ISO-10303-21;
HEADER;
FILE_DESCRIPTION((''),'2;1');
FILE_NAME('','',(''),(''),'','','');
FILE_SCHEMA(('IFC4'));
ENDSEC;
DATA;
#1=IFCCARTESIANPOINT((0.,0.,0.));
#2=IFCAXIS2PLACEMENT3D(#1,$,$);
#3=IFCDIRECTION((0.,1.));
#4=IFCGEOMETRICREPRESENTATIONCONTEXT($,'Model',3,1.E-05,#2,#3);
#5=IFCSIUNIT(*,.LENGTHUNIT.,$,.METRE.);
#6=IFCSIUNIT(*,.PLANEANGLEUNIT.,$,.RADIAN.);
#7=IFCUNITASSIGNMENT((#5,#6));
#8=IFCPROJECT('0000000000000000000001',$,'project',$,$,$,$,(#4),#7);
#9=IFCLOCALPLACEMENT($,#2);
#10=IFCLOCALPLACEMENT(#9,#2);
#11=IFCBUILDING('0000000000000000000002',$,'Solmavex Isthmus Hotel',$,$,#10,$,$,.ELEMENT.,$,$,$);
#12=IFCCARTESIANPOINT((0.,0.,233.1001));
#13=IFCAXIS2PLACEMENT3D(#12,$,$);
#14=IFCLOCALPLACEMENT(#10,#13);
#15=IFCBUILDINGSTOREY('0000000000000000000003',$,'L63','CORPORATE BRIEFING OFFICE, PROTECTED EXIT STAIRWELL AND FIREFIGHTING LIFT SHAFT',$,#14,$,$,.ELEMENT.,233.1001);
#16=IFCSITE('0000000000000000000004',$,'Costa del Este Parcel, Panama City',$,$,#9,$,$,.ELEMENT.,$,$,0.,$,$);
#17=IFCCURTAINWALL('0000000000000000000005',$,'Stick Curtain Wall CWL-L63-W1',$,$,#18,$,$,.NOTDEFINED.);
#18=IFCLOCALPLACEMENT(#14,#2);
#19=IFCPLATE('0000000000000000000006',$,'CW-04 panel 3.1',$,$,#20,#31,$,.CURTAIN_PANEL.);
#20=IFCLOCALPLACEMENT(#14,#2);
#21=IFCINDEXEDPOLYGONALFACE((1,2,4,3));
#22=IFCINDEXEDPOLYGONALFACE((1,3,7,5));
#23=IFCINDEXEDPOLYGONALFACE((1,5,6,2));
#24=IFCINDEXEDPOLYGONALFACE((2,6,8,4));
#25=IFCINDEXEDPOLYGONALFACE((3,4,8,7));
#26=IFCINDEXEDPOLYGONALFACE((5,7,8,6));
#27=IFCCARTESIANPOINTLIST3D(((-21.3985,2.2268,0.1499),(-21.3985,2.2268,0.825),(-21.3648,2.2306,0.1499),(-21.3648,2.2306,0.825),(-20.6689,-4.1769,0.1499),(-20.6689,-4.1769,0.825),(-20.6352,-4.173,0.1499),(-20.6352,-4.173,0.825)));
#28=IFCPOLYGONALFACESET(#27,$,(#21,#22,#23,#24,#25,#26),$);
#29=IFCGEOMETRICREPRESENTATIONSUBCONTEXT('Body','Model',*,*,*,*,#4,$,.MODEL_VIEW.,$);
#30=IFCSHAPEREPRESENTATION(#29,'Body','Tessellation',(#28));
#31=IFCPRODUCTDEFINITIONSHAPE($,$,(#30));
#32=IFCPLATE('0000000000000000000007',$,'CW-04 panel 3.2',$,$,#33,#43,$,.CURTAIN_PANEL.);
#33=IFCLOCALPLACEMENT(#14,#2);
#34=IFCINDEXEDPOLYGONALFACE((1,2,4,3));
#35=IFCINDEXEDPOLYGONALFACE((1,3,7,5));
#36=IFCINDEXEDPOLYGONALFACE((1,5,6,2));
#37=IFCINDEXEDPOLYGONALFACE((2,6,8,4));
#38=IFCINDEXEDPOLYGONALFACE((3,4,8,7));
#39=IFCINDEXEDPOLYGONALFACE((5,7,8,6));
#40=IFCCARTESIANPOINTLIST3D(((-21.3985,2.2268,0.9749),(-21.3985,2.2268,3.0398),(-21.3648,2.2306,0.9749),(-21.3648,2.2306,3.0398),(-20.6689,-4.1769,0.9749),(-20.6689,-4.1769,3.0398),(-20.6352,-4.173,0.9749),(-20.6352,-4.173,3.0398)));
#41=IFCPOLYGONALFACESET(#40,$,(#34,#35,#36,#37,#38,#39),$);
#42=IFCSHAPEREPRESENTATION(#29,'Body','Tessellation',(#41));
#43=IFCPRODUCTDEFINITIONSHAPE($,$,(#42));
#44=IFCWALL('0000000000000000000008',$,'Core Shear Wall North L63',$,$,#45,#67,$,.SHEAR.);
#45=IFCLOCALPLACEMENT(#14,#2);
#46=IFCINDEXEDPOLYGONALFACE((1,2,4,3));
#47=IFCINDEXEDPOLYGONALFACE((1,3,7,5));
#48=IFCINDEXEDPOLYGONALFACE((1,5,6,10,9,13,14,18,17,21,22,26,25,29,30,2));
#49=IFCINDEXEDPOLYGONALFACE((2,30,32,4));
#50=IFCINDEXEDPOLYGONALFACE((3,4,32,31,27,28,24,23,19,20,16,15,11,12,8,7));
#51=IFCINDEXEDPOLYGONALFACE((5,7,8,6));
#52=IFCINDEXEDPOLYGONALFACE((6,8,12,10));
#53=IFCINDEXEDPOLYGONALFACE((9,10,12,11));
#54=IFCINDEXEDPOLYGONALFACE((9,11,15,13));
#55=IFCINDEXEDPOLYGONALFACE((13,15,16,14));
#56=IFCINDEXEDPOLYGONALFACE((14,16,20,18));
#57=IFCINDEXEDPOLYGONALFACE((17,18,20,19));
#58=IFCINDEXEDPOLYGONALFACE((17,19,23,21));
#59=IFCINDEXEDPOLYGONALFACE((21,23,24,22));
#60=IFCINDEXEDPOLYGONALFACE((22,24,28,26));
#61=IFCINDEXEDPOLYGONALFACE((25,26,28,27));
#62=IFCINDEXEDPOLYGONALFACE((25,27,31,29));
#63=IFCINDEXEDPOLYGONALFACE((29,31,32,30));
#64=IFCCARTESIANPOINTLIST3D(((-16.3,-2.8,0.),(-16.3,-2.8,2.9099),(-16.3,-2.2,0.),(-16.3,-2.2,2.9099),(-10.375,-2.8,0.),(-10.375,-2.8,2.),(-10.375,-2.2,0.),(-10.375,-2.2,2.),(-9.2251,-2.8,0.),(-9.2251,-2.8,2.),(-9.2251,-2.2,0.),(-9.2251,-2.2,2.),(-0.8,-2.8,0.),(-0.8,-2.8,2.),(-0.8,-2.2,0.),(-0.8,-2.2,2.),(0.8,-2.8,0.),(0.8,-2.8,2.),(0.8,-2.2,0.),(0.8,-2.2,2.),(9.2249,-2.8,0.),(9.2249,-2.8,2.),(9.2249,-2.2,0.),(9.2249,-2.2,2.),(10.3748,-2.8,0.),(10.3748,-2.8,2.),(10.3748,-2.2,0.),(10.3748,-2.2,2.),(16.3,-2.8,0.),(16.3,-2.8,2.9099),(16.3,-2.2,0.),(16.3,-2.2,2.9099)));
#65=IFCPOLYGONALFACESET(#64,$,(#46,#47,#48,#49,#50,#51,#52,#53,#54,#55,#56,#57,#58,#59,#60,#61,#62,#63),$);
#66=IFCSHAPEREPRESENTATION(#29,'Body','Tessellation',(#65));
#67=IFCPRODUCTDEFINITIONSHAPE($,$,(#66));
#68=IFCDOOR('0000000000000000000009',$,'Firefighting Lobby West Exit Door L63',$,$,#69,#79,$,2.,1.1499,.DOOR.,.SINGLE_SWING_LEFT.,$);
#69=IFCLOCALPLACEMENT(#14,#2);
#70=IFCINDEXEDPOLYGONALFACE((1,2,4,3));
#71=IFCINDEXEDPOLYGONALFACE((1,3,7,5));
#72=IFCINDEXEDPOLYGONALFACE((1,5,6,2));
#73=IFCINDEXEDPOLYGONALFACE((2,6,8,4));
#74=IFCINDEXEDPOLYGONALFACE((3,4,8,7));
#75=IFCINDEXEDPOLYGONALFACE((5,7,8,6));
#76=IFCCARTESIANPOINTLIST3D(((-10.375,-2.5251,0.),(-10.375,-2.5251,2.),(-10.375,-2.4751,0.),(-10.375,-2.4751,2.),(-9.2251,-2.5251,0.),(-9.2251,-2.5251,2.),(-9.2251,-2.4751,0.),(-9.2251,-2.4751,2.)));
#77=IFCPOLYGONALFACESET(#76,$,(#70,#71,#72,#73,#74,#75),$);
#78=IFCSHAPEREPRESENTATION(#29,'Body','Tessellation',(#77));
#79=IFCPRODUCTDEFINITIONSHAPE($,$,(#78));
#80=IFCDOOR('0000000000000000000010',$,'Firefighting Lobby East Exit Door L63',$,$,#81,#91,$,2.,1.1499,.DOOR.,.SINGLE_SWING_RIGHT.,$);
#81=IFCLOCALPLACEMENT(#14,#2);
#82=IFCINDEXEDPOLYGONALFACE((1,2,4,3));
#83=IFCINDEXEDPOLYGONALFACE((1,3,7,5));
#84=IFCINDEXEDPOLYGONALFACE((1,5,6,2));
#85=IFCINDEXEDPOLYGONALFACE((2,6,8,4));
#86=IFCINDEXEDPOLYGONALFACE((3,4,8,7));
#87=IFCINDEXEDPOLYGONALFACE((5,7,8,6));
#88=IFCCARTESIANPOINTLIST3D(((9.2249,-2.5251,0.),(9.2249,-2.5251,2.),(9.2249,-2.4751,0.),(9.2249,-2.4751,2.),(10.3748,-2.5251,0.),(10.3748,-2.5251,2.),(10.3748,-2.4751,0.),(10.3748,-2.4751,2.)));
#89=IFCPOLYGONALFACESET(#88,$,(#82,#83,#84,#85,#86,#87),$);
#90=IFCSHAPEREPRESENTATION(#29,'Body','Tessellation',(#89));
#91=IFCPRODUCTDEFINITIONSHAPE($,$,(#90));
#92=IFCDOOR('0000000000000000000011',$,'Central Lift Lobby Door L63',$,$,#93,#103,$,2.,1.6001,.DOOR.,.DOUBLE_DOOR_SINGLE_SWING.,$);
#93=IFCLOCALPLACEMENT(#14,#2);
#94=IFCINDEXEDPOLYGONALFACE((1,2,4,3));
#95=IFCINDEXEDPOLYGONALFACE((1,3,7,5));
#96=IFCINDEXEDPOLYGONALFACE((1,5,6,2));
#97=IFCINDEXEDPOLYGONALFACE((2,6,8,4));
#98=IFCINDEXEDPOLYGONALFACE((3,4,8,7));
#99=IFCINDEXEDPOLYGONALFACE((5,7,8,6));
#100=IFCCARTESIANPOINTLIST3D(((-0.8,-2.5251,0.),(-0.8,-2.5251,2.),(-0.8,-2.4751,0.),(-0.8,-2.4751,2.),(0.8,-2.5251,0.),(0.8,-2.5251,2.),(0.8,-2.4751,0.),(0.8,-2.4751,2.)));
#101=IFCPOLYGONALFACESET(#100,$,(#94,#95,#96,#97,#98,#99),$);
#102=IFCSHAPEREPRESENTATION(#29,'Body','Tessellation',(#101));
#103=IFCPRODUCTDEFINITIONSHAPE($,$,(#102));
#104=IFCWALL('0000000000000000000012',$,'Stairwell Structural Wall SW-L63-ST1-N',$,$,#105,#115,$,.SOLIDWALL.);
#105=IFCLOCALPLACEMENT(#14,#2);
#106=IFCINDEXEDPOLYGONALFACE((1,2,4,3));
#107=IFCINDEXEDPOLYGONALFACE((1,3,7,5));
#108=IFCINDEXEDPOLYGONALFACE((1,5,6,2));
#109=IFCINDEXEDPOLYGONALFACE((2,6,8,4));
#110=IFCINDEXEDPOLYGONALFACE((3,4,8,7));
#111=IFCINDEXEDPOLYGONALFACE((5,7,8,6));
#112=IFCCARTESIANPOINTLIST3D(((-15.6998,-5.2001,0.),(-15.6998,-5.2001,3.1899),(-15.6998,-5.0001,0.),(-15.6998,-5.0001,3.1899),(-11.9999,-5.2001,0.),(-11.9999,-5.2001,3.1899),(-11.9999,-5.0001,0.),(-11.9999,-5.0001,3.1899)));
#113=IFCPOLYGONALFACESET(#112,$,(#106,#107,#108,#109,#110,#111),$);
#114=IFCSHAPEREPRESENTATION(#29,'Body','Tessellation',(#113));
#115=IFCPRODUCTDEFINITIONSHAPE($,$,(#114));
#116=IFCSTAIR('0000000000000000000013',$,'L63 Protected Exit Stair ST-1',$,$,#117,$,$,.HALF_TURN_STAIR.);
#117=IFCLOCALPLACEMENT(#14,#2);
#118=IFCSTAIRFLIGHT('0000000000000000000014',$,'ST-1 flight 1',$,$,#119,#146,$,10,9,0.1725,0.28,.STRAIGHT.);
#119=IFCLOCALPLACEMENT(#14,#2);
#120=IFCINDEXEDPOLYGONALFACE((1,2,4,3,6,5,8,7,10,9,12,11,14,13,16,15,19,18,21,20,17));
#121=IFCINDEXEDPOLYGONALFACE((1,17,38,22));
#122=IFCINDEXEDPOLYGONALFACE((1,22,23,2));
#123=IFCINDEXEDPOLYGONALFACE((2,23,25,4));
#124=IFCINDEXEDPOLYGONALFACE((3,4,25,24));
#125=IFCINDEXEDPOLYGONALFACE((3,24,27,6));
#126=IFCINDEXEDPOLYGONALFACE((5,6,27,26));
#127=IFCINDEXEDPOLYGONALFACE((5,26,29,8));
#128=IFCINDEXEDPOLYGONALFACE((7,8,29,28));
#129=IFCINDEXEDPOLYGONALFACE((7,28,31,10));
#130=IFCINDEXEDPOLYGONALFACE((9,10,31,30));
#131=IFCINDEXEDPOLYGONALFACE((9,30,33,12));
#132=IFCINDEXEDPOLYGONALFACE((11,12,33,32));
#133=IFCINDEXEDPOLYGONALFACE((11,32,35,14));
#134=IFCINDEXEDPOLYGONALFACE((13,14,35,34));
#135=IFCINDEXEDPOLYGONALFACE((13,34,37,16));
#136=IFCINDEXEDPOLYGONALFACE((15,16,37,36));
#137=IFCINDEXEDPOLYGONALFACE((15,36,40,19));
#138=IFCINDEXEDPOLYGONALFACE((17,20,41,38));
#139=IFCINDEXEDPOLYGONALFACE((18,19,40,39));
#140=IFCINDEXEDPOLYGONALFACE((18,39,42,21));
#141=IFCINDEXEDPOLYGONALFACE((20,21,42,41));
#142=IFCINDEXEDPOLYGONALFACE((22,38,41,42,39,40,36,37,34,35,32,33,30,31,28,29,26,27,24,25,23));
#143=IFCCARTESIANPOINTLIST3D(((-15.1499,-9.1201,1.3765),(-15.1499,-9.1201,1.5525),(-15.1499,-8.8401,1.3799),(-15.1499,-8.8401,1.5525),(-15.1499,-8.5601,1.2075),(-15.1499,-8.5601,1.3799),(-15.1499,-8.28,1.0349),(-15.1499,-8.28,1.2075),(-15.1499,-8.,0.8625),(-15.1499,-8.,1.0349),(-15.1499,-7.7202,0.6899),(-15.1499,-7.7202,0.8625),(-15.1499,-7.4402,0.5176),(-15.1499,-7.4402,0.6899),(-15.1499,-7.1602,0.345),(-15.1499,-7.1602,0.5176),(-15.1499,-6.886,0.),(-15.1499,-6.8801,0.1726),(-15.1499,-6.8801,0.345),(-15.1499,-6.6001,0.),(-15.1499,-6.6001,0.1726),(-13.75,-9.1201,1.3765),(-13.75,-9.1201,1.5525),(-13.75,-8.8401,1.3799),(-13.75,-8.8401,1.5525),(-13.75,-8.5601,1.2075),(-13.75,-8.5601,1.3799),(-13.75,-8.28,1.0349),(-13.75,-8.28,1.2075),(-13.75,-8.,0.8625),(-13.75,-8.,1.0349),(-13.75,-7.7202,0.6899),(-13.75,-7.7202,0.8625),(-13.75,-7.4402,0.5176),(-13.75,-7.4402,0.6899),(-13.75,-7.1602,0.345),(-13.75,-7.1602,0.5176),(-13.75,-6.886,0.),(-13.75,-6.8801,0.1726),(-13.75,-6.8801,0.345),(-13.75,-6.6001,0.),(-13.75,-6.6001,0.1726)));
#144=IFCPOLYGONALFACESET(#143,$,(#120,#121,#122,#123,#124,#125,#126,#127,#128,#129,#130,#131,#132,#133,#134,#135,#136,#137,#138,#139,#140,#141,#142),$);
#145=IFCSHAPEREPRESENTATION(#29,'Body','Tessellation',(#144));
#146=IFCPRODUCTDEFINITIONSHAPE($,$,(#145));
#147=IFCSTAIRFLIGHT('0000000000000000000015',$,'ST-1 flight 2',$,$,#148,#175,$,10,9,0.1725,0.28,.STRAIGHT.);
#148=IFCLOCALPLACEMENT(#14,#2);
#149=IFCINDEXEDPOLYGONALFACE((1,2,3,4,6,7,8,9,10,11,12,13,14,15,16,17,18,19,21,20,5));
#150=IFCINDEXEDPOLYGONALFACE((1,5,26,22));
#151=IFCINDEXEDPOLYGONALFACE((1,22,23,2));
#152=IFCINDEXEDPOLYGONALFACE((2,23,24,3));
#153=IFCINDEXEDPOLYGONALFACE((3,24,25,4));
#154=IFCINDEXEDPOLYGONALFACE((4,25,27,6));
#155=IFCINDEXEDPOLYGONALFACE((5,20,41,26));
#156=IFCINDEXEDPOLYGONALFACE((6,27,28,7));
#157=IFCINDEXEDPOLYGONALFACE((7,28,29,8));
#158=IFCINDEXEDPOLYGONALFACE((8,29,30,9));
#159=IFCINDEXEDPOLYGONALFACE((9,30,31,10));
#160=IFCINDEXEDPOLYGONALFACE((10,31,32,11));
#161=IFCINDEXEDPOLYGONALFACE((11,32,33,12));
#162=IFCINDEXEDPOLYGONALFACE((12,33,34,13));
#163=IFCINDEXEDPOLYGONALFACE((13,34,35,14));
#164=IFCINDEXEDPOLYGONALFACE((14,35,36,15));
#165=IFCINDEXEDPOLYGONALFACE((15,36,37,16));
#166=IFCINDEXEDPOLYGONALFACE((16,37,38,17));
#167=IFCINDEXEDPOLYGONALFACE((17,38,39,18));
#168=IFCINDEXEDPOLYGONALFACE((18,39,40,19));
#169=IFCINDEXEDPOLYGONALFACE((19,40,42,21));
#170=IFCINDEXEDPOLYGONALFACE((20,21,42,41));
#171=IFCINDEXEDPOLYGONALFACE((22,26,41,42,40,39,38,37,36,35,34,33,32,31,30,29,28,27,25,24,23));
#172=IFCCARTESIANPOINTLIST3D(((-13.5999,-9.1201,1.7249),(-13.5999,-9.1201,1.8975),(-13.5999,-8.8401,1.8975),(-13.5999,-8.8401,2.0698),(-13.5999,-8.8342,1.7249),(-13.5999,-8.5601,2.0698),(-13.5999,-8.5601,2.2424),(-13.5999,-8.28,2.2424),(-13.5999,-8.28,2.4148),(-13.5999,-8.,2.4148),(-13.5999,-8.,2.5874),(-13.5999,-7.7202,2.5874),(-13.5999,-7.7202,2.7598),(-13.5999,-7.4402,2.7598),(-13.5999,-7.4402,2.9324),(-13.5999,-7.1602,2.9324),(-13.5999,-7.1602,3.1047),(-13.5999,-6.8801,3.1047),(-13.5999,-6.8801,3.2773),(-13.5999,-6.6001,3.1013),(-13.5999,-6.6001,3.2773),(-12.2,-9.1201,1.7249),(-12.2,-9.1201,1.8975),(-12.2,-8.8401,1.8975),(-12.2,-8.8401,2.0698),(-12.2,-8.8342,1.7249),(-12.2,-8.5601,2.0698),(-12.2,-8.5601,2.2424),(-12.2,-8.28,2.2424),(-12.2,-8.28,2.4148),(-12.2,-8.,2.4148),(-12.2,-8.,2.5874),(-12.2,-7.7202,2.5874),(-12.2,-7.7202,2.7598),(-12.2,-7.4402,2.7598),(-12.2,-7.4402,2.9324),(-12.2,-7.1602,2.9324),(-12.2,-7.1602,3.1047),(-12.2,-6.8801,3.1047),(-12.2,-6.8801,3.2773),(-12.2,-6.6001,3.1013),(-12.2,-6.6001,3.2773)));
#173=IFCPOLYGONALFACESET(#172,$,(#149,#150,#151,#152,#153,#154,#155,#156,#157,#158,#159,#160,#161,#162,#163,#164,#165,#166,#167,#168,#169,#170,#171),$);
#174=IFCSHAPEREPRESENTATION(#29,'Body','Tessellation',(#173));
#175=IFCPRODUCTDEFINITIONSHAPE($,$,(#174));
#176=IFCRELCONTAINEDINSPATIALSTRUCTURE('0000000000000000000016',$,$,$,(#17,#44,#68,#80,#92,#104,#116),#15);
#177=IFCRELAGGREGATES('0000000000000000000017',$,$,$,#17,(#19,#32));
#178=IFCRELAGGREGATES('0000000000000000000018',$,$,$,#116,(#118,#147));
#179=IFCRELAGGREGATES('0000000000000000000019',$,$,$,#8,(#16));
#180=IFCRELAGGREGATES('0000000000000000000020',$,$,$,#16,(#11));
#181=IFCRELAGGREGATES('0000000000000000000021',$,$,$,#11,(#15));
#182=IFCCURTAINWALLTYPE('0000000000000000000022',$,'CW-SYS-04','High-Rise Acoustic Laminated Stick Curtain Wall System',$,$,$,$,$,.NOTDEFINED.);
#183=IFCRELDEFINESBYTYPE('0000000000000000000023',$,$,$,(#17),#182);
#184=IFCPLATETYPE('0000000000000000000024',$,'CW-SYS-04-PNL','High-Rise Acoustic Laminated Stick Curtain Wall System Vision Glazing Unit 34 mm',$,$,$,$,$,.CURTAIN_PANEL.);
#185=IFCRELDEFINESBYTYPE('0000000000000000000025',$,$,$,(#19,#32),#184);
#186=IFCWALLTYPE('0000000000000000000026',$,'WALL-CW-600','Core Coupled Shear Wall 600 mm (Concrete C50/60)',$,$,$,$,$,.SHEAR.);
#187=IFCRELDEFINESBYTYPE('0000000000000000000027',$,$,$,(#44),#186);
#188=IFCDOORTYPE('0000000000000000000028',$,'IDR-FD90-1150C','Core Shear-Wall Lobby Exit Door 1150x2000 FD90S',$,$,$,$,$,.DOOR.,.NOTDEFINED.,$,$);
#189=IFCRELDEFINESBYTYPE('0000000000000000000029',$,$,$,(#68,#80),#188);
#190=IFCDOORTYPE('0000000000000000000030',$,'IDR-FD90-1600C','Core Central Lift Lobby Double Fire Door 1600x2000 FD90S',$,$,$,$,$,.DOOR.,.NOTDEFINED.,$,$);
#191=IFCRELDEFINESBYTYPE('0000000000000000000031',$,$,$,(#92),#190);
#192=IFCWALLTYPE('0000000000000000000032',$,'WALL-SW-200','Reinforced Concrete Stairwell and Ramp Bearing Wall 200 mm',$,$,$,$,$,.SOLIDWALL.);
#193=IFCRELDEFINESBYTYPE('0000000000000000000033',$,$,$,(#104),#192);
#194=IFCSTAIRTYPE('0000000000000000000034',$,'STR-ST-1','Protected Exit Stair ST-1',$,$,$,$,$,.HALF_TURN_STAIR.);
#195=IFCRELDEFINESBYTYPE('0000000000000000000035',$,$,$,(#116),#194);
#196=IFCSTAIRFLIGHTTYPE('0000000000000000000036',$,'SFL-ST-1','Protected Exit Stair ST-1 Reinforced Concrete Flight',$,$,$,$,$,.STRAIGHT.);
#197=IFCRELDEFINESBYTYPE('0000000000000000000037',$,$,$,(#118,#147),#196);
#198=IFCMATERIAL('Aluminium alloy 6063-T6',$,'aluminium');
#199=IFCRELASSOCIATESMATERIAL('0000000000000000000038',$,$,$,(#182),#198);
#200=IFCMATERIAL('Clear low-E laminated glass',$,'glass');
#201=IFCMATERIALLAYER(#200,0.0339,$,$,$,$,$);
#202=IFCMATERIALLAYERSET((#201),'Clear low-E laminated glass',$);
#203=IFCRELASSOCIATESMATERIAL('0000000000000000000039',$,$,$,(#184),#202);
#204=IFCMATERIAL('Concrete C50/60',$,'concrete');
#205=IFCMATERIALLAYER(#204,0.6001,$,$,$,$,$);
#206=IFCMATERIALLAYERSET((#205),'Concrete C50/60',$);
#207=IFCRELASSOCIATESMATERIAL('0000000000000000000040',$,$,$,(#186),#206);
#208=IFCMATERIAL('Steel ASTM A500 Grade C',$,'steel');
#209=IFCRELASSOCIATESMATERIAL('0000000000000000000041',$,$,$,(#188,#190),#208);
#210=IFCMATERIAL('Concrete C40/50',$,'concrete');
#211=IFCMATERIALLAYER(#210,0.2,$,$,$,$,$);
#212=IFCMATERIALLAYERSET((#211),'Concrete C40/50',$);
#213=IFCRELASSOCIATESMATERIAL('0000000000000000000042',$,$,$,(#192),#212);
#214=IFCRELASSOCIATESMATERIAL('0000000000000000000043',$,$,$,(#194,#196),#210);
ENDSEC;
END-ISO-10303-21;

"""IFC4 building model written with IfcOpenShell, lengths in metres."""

from ifc_helpers import new_model, si_unit, direction, frame, frame_2d, origin, origin_2d, place, context, subcontext, project, spatial, polyline, rectangle, outline, extrude, material, layer, layer_set, type_object, element, fill, aggregate, save


model = new_model("IFC4")

# Units and contexts
model_context = context("Model", 3, precision=1e-05, world=origin(), true_north=direction((0.0, 1.0)))
body_context = subcontext(model_context, "Body", "Model", "MODEL_VIEW")
ifc_project = project(units=[si_unit("LENGTHUNIT", "METRE"), si_unit("PLANEANGLEUNIT", "RADIAN")], contexts=[model_context])

# Site, building, storey
site_placement = place(None, origin())
site = spatial("IfcSite", under=ifc_project, at=site_placement, Name="Costa del Este Parcel, Panama City", CompositionType="ELEMENT", RefElevation=0.0)
building_placement = place(site_placement, origin())
building = spatial("IfcBuilding", under=site, at=building_placement, Name="Solmavex Isthmus Hotel", CompositionType="ELEMENT")
storey_placement = place(building_placement, frame((0.0, 0.0, 233.1001)))
storey = spatial("IfcBuildingStorey", under=building, at=storey_placement, Name="L63", Description="CORPORATE BRIEFING OFFICE, PROTECTED EXIT STAIRWELL AND FIREFIGHTING LIFT SHAFT", CompositionType="ELEMENT", Elevation=233.1001)

# Shared definitions
ifc_material_1 = material(Name="Concrete C50/60", Category="concrete")

# Curtain wall, plates
ifc_material_2 = material(Name="Aluminium alloy 6063-T6", Category="aluminium")
curtain_wall_type = type_object("IfcCurtainWallType", Name="CW-SYS-04", Description="High-Rise Acoustic Laminated Stick Curtain Wall System", PredefinedType="NOTDEFINED", material=ifc_material_2)
curtain_wall_placement = place(storey_placement, origin())
curtain_wall = element("IfcCurtainWall", 1, at=curtain_wall_placement, inside=storey, type_object=curtain_wall_type, Name="Stick Curtain Wall CWL-L63-W1", PredefinedType="NOTDEFINED")
ifc_material_3 = material(Name="Clear low-E laminated glass", Category="glass")
ifc_layer_1 = layer(ifc_material_3, 0.0339)
ifc_layer_set_1 = layer_set([ifc_layer_1], Name="Clear low-E laminated glass")
plate_type = type_object("IfcPlateType", Name="CW-SYS-04-PNL", Description="High-Rise Acoustic Laminated Stick Curtain Wall System Vision Glazing Unit 34 mm", PredefinedType="CURTAIN_PANEL", material=ifc_layer_set_1)
plate_1_placement = place(storey_placement, frame((-21.0168, -0.9731, 0.1499), z_axis=(0.0, 0.0, 1.0), x_axis=(-0.113203, 0.993572, 0.0)))
plate_1 = element("IfcPlate", 2, at=plate_1_placement, type_object=plate_type, Name="CW-04 panel 3.1", PredefinedType="CURTAIN_PANEL", context=body_context, shape_type="SweptSolid", body=[
    extrude(rectangle(XDim=6.4451, YDim=0.0339, at=origin_2d()), origin(), (0.0, 0.0, 1.0), 0.675),
])
plate_2_placement = place(storey_placement, frame((-21.0168, -0.9731, 0.9749), z_axis=(0.0, 0.0, 1.0), x_axis=(-0.113203, 0.993572, 0.0)))
plate_2 = element("IfcPlate", 3, at=plate_2_placement, type_object=plate_type, Name="CW-04 panel 3.2", PredefinedType="CURTAIN_PANEL", context=body_context, shape_type="SweptSolid", body=[
    extrude(rectangle(XDim=6.4451, YDim=0.0339, at=origin_2d()), origin(), (0.0, 0.0, 1.0), 2.0649),
])
aggregate(curtain_wall, [plate_1, plate_2])

# Wall, openings, doors
ifc_layer_2 = layer(ifc_material_1, 0.6001)
ifc_layer_set_2 = layer_set([ifc_layer_2], Name="Concrete C50/60")
wall_type_1 = type_object("IfcWallType", Name="WALL-CW-600", Description="Core Coupled Shear Wall 600 mm (Concrete C50/60)", PredefinedType="SHEAR", material=ifc_layer_set_2)
wall_1_placement = place(storey_placement, frame((-16.3, -2.5, 0.0), z_axis=(0.0, 0.0, 1.0), x_axis=(1.0, 0.0, 0.0)))
wall_1 = element("IfcWall", 4, at=wall_1_placement, inside=storey, type_object=wall_type_1, Name="Core Shear Wall North L63", PredefinedType="SHEAR", context=body_context, shape_type="SweptSolid", body=[
    extrude(rectangle(XDim=32.6001, YDim=0.6001, at=frame_2d((16.3, 0.0))), origin(), (0.0, 0.0, 1.0), 2.9099),
])
opening_1_placement = place(wall_1_placement, frame((5.925, 0.0, 0.0)))
opening_1 = element("IfcOpeningElement", 5, at=opening_1_placement, cuts=wall_1, PredefinedType="OPENING", context=body_context, shape_type="SweptSolid", body=[
    extrude(rectangle(XDim=1.1499, YDim=2.0, at=frame_2d((0.575, 1.0))), frame((0.0, 0.3101, 0.0), z_axis=(0.0, -1.0, 0.0), x_axis=(1.0, 0.0, 0.0)), (0.0, 0.0, 1.0), 0.6201),
])
opening_2_placement = place(wall_1_placement, frame((15.5, 0.0, 0.0)))
opening_2 = element("IfcOpeningElement", 6, at=opening_2_placement, cuts=wall_1, PredefinedType="OPENING", context=body_context, shape_type="SweptSolid", body=[
    extrude(rectangle(XDim=1.6001, YDim=2.0, at=frame_2d((0.8, 1.0))), frame((0.0, 0.3101, 0.0), z_axis=(0.0, -1.0, 0.0), x_axis=(1.0, 0.0, 0.0)), (0.0, 0.0, 1.0), 0.6201),
])
opening_3_placement = place(wall_1_placement, frame((25.5249, 0.0, 0.0)))
opening_3 = element("IfcOpeningElement", 7, at=opening_3_placement, cuts=wall_1, PredefinedType="OPENING", context=body_context, shape_type="SweptSolid", body=[
    extrude(rectangle(XDim=1.1499, YDim=2.0, at=frame_2d((0.575, 1.0))), frame((0.0, 0.3101, 0.0), z_axis=(0.0, -1.0, 0.0), x_axis=(1.0, 0.0, 0.0)), (0.0, 0.0, 1.0), 0.6201),
])
ifc_material_4 = material(Name="Steel ASTM A500 Grade C", Category="steel")
door_type_1 = type_object("IfcDoorType", Name="IDR-FD90-1150C", Description="Core Shear-Wall Lobby Exit Door 1150x2000 FD90S", OperationType="NOTDEFINED", PredefinedType="DOOR", material=ifc_material_4)
door_1_placement = place(opening_1_placement, origin())
door_1 = element("IfcDoor", 8, at=door_1_placement, inside=storey, type_object=door_type_1, Name="Firefighting Lobby West Exit Door L63", OperationType="SINGLE_SWING_LEFT", OverallHeight=2.0, OverallWidth=1.1499, PredefinedType="DOOR", context=body_context, shape_type="SweptSolid", body=[
    extrude(rectangle(XDim=1.1499, YDim=2.0, at=frame_2d((0.575, 1.0))), frame((0.0, 0.0249, 0.0), z_axis=(0.0, -1.0, 0.0), x_axis=(1.0, 0.0, 0.0)), (0.0, 0.0, 1.0), 0.05),
])
fill(opening_1, door_1)
door_2_placement = place(opening_3_placement, origin())
door_2 = element("IfcDoor", 9, at=door_2_placement, inside=storey, type_object=door_type_1, Name="Firefighting Lobby East Exit Door L63", OperationType="SINGLE_SWING_RIGHT", OverallHeight=2.0, OverallWidth=1.1499, PredefinedType="DOOR", context=body_context, shape_type="SweptSolid", body=[
    extrude(rectangle(XDim=1.1499, YDim=2.0, at=frame_2d((0.575, 1.0))), frame((0.0, 0.0249, 0.0), z_axis=(0.0, -1.0, 0.0), x_axis=(1.0, 0.0, 0.0)), (0.0, 0.0, 1.0), 0.05),
])
fill(opening_3, door_2)
door_type_2 = type_object("IfcDoorType", Name="IDR-FD90-1600C", Description="Core Central Lift Lobby Double Fire Door 1600x2000 FD90S", OperationType="NOTDEFINED", PredefinedType="DOOR", material=ifc_material_4)
door_3_placement = place(opening_2_placement, origin())
door_3 = element("IfcDoor", 10, at=door_3_placement, inside=storey, type_object=door_type_2, Name="Central Lift Lobby Door L63", OperationType="DOUBLE_DOOR_SINGLE_SWING", OverallHeight=2.0, OverallWidth=1.6001, PredefinedType="DOOR", context=body_context, shape_type="SweptSolid", body=[
    extrude(rectangle(XDim=1.6001, YDim=2.0, at=frame_2d((0.8, 1.0))), frame((0.0, 0.0249, 0.0), z_axis=(0.0, -1.0, 0.0), x_axis=(1.0, 0.0, 0.0)), (0.0, 0.0, 1.0), 0.05),
])
fill(opening_2, door_3)

# Wall
ifc_material_5 = material(Name="Concrete C40/50", Category="concrete")
ifc_layer_3 = layer(ifc_material_5, 0.2)
ifc_layer_set_3 = layer_set([ifc_layer_3], Name="Concrete C40/50")
wall_type_2 = type_object("IfcWallType", Name="WALL-SW-200", Description="Reinforced Concrete Stairwell and Ramp Bearing Wall 200 mm", PredefinedType="SOLIDWALL", material=ifc_layer_set_3)
wall_2_placement = place(storey_placement, frame((-15.7, -5.1001, 0.0), z_axis=(0.0, 0.0, 1.0), x_axis=(1.0, 0.0, 0.0)))
element("IfcWall", 11, at=wall_2_placement, inside=storey, type_object=wall_type_2, Name="Stairwell Structural Wall SW-L63-ST1-N", PredefinedType="SOLIDWALL", context=body_context, shape_type="SweptSolid", body=[
    extrude(rectangle(XDim=3.7, YDim=0.2, at=frame_2d((1.8501, 0.0))), origin(), (0.0, 0.0, 1.0), 3.1899),
])

# Stair, stair flights
stair_type = type_object("IfcStairType", Name="STR-ST-1", Description="Protected Exit Stair ST-1", PredefinedType="HALF_TURN_STAIR", material=ifc_material_5)
stair_placement = place(storey_placement, origin())
stair = element("IfcStair", 12, at=stair_placement, inside=storey, type_object=stair_type, Name="L63 Protected Exit Stair ST-1", PredefinedType="HALF_TURN_STAIR")
stair_flight_type = type_object("IfcStairFlightType", Name="SFL-ST-1", Description="Protected Exit Stair ST-1 Reinforced Concrete Flight", PredefinedType="STRAIGHT", material=ifc_material_5)
stair_flight_1_placement = place(storey_placement, frame((-14.45, -6.6001, 0.0), z_axis=(0.0, 0.0, 1.0), x_axis=(0.0, -1.0, 0.0)))
stair_flight_1 = element("IfcStairFlight", 13, at=stair_flight_1_placement, type_object=stair_flight_type, Name="ST-1 flight 1", NumberOfRisers=10, NumberOfTreads=9, PredefinedType="STRAIGHT", RiserHeight=0.1725, TreadLength=0.28, context=body_context, shape_type="SweptSolid", body=[
    extrude(outline(polyline([(0.0, 0.0), (0.0, 0.1726), (0.28, 0.1726), (0.28, 0.345), (0.5601, 0.345), (0.5601, 0.5176), (0.8401, 0.5176), (0.8401, 0.6899), (1.1201, 0.6899), (1.1201, 0.8625), (1.3999, 0.8625), (1.3999, 1.0349), (1.6799, 1.0349), (1.6799, 1.2075), (1.96, 1.2075), (1.96, 1.3799), (2.24, 1.3799), (2.24, 1.5525), (2.52, 1.5525), (2.52, 1.7251), (2.52, 1.3765), (0.2859, 0.0), (0.0, 0.0)])), frame((0.0, 0.7, 0.0), z_axis=(0.0, -1.0, 0.0), x_axis=(1.0, 0.0, 0.0)), (0.0, 0.0, 1.0), 1.3999),
])
stair_flight_2_placement = place(storey_placement, frame((-12.8999, -9.1201, 1.7249), z_axis=(0.0, 0.0, 1.0), x_axis=(0.0, 1.0, 0.0)))
stair_flight_2 = element("IfcStairFlight", 14, at=stair_flight_2_placement, type_object=stair_flight_type, Name="ST-1 flight 2", NumberOfRisers=10, NumberOfTreads=9, PredefinedType="STRAIGHT", RiserHeight=0.1725, TreadLength=0.28, context=body_context, shape_type="SweptSolid", body=[
    extrude(outline(polyline([(0.0, 0.0), (0.0, 0.1726), (0.28, 0.1726), (0.28, 0.345), (0.5601, 0.345), (0.5601, 0.5176), (0.8401, 0.5176), (0.8401, 0.6899), (1.1201, 0.6899), (1.1201, 0.8625), (1.3999, 0.8625), (1.3999, 1.0349), (1.6799, 1.0349), (1.6799, 1.2075), (1.96, 1.2075), (1.96, 1.3799), (2.24, 1.3799), (2.24, 1.5525), (2.52, 1.5525), (2.52, 1.7251), (2.52, 1.3765), (0.2859, 0.0), (0.0, 0.0)])), frame((0.0, 0.7, 0.0), z_axis=(0.0, -1.0, 0.0), x_axis=(1.0, 0.0, 0.0)), (0.0, 0.0, 1.0), 1.3999),
])
aggregate(stair, [stair_flight_1, stair_flight_2])

save(model, "model.ifc")
